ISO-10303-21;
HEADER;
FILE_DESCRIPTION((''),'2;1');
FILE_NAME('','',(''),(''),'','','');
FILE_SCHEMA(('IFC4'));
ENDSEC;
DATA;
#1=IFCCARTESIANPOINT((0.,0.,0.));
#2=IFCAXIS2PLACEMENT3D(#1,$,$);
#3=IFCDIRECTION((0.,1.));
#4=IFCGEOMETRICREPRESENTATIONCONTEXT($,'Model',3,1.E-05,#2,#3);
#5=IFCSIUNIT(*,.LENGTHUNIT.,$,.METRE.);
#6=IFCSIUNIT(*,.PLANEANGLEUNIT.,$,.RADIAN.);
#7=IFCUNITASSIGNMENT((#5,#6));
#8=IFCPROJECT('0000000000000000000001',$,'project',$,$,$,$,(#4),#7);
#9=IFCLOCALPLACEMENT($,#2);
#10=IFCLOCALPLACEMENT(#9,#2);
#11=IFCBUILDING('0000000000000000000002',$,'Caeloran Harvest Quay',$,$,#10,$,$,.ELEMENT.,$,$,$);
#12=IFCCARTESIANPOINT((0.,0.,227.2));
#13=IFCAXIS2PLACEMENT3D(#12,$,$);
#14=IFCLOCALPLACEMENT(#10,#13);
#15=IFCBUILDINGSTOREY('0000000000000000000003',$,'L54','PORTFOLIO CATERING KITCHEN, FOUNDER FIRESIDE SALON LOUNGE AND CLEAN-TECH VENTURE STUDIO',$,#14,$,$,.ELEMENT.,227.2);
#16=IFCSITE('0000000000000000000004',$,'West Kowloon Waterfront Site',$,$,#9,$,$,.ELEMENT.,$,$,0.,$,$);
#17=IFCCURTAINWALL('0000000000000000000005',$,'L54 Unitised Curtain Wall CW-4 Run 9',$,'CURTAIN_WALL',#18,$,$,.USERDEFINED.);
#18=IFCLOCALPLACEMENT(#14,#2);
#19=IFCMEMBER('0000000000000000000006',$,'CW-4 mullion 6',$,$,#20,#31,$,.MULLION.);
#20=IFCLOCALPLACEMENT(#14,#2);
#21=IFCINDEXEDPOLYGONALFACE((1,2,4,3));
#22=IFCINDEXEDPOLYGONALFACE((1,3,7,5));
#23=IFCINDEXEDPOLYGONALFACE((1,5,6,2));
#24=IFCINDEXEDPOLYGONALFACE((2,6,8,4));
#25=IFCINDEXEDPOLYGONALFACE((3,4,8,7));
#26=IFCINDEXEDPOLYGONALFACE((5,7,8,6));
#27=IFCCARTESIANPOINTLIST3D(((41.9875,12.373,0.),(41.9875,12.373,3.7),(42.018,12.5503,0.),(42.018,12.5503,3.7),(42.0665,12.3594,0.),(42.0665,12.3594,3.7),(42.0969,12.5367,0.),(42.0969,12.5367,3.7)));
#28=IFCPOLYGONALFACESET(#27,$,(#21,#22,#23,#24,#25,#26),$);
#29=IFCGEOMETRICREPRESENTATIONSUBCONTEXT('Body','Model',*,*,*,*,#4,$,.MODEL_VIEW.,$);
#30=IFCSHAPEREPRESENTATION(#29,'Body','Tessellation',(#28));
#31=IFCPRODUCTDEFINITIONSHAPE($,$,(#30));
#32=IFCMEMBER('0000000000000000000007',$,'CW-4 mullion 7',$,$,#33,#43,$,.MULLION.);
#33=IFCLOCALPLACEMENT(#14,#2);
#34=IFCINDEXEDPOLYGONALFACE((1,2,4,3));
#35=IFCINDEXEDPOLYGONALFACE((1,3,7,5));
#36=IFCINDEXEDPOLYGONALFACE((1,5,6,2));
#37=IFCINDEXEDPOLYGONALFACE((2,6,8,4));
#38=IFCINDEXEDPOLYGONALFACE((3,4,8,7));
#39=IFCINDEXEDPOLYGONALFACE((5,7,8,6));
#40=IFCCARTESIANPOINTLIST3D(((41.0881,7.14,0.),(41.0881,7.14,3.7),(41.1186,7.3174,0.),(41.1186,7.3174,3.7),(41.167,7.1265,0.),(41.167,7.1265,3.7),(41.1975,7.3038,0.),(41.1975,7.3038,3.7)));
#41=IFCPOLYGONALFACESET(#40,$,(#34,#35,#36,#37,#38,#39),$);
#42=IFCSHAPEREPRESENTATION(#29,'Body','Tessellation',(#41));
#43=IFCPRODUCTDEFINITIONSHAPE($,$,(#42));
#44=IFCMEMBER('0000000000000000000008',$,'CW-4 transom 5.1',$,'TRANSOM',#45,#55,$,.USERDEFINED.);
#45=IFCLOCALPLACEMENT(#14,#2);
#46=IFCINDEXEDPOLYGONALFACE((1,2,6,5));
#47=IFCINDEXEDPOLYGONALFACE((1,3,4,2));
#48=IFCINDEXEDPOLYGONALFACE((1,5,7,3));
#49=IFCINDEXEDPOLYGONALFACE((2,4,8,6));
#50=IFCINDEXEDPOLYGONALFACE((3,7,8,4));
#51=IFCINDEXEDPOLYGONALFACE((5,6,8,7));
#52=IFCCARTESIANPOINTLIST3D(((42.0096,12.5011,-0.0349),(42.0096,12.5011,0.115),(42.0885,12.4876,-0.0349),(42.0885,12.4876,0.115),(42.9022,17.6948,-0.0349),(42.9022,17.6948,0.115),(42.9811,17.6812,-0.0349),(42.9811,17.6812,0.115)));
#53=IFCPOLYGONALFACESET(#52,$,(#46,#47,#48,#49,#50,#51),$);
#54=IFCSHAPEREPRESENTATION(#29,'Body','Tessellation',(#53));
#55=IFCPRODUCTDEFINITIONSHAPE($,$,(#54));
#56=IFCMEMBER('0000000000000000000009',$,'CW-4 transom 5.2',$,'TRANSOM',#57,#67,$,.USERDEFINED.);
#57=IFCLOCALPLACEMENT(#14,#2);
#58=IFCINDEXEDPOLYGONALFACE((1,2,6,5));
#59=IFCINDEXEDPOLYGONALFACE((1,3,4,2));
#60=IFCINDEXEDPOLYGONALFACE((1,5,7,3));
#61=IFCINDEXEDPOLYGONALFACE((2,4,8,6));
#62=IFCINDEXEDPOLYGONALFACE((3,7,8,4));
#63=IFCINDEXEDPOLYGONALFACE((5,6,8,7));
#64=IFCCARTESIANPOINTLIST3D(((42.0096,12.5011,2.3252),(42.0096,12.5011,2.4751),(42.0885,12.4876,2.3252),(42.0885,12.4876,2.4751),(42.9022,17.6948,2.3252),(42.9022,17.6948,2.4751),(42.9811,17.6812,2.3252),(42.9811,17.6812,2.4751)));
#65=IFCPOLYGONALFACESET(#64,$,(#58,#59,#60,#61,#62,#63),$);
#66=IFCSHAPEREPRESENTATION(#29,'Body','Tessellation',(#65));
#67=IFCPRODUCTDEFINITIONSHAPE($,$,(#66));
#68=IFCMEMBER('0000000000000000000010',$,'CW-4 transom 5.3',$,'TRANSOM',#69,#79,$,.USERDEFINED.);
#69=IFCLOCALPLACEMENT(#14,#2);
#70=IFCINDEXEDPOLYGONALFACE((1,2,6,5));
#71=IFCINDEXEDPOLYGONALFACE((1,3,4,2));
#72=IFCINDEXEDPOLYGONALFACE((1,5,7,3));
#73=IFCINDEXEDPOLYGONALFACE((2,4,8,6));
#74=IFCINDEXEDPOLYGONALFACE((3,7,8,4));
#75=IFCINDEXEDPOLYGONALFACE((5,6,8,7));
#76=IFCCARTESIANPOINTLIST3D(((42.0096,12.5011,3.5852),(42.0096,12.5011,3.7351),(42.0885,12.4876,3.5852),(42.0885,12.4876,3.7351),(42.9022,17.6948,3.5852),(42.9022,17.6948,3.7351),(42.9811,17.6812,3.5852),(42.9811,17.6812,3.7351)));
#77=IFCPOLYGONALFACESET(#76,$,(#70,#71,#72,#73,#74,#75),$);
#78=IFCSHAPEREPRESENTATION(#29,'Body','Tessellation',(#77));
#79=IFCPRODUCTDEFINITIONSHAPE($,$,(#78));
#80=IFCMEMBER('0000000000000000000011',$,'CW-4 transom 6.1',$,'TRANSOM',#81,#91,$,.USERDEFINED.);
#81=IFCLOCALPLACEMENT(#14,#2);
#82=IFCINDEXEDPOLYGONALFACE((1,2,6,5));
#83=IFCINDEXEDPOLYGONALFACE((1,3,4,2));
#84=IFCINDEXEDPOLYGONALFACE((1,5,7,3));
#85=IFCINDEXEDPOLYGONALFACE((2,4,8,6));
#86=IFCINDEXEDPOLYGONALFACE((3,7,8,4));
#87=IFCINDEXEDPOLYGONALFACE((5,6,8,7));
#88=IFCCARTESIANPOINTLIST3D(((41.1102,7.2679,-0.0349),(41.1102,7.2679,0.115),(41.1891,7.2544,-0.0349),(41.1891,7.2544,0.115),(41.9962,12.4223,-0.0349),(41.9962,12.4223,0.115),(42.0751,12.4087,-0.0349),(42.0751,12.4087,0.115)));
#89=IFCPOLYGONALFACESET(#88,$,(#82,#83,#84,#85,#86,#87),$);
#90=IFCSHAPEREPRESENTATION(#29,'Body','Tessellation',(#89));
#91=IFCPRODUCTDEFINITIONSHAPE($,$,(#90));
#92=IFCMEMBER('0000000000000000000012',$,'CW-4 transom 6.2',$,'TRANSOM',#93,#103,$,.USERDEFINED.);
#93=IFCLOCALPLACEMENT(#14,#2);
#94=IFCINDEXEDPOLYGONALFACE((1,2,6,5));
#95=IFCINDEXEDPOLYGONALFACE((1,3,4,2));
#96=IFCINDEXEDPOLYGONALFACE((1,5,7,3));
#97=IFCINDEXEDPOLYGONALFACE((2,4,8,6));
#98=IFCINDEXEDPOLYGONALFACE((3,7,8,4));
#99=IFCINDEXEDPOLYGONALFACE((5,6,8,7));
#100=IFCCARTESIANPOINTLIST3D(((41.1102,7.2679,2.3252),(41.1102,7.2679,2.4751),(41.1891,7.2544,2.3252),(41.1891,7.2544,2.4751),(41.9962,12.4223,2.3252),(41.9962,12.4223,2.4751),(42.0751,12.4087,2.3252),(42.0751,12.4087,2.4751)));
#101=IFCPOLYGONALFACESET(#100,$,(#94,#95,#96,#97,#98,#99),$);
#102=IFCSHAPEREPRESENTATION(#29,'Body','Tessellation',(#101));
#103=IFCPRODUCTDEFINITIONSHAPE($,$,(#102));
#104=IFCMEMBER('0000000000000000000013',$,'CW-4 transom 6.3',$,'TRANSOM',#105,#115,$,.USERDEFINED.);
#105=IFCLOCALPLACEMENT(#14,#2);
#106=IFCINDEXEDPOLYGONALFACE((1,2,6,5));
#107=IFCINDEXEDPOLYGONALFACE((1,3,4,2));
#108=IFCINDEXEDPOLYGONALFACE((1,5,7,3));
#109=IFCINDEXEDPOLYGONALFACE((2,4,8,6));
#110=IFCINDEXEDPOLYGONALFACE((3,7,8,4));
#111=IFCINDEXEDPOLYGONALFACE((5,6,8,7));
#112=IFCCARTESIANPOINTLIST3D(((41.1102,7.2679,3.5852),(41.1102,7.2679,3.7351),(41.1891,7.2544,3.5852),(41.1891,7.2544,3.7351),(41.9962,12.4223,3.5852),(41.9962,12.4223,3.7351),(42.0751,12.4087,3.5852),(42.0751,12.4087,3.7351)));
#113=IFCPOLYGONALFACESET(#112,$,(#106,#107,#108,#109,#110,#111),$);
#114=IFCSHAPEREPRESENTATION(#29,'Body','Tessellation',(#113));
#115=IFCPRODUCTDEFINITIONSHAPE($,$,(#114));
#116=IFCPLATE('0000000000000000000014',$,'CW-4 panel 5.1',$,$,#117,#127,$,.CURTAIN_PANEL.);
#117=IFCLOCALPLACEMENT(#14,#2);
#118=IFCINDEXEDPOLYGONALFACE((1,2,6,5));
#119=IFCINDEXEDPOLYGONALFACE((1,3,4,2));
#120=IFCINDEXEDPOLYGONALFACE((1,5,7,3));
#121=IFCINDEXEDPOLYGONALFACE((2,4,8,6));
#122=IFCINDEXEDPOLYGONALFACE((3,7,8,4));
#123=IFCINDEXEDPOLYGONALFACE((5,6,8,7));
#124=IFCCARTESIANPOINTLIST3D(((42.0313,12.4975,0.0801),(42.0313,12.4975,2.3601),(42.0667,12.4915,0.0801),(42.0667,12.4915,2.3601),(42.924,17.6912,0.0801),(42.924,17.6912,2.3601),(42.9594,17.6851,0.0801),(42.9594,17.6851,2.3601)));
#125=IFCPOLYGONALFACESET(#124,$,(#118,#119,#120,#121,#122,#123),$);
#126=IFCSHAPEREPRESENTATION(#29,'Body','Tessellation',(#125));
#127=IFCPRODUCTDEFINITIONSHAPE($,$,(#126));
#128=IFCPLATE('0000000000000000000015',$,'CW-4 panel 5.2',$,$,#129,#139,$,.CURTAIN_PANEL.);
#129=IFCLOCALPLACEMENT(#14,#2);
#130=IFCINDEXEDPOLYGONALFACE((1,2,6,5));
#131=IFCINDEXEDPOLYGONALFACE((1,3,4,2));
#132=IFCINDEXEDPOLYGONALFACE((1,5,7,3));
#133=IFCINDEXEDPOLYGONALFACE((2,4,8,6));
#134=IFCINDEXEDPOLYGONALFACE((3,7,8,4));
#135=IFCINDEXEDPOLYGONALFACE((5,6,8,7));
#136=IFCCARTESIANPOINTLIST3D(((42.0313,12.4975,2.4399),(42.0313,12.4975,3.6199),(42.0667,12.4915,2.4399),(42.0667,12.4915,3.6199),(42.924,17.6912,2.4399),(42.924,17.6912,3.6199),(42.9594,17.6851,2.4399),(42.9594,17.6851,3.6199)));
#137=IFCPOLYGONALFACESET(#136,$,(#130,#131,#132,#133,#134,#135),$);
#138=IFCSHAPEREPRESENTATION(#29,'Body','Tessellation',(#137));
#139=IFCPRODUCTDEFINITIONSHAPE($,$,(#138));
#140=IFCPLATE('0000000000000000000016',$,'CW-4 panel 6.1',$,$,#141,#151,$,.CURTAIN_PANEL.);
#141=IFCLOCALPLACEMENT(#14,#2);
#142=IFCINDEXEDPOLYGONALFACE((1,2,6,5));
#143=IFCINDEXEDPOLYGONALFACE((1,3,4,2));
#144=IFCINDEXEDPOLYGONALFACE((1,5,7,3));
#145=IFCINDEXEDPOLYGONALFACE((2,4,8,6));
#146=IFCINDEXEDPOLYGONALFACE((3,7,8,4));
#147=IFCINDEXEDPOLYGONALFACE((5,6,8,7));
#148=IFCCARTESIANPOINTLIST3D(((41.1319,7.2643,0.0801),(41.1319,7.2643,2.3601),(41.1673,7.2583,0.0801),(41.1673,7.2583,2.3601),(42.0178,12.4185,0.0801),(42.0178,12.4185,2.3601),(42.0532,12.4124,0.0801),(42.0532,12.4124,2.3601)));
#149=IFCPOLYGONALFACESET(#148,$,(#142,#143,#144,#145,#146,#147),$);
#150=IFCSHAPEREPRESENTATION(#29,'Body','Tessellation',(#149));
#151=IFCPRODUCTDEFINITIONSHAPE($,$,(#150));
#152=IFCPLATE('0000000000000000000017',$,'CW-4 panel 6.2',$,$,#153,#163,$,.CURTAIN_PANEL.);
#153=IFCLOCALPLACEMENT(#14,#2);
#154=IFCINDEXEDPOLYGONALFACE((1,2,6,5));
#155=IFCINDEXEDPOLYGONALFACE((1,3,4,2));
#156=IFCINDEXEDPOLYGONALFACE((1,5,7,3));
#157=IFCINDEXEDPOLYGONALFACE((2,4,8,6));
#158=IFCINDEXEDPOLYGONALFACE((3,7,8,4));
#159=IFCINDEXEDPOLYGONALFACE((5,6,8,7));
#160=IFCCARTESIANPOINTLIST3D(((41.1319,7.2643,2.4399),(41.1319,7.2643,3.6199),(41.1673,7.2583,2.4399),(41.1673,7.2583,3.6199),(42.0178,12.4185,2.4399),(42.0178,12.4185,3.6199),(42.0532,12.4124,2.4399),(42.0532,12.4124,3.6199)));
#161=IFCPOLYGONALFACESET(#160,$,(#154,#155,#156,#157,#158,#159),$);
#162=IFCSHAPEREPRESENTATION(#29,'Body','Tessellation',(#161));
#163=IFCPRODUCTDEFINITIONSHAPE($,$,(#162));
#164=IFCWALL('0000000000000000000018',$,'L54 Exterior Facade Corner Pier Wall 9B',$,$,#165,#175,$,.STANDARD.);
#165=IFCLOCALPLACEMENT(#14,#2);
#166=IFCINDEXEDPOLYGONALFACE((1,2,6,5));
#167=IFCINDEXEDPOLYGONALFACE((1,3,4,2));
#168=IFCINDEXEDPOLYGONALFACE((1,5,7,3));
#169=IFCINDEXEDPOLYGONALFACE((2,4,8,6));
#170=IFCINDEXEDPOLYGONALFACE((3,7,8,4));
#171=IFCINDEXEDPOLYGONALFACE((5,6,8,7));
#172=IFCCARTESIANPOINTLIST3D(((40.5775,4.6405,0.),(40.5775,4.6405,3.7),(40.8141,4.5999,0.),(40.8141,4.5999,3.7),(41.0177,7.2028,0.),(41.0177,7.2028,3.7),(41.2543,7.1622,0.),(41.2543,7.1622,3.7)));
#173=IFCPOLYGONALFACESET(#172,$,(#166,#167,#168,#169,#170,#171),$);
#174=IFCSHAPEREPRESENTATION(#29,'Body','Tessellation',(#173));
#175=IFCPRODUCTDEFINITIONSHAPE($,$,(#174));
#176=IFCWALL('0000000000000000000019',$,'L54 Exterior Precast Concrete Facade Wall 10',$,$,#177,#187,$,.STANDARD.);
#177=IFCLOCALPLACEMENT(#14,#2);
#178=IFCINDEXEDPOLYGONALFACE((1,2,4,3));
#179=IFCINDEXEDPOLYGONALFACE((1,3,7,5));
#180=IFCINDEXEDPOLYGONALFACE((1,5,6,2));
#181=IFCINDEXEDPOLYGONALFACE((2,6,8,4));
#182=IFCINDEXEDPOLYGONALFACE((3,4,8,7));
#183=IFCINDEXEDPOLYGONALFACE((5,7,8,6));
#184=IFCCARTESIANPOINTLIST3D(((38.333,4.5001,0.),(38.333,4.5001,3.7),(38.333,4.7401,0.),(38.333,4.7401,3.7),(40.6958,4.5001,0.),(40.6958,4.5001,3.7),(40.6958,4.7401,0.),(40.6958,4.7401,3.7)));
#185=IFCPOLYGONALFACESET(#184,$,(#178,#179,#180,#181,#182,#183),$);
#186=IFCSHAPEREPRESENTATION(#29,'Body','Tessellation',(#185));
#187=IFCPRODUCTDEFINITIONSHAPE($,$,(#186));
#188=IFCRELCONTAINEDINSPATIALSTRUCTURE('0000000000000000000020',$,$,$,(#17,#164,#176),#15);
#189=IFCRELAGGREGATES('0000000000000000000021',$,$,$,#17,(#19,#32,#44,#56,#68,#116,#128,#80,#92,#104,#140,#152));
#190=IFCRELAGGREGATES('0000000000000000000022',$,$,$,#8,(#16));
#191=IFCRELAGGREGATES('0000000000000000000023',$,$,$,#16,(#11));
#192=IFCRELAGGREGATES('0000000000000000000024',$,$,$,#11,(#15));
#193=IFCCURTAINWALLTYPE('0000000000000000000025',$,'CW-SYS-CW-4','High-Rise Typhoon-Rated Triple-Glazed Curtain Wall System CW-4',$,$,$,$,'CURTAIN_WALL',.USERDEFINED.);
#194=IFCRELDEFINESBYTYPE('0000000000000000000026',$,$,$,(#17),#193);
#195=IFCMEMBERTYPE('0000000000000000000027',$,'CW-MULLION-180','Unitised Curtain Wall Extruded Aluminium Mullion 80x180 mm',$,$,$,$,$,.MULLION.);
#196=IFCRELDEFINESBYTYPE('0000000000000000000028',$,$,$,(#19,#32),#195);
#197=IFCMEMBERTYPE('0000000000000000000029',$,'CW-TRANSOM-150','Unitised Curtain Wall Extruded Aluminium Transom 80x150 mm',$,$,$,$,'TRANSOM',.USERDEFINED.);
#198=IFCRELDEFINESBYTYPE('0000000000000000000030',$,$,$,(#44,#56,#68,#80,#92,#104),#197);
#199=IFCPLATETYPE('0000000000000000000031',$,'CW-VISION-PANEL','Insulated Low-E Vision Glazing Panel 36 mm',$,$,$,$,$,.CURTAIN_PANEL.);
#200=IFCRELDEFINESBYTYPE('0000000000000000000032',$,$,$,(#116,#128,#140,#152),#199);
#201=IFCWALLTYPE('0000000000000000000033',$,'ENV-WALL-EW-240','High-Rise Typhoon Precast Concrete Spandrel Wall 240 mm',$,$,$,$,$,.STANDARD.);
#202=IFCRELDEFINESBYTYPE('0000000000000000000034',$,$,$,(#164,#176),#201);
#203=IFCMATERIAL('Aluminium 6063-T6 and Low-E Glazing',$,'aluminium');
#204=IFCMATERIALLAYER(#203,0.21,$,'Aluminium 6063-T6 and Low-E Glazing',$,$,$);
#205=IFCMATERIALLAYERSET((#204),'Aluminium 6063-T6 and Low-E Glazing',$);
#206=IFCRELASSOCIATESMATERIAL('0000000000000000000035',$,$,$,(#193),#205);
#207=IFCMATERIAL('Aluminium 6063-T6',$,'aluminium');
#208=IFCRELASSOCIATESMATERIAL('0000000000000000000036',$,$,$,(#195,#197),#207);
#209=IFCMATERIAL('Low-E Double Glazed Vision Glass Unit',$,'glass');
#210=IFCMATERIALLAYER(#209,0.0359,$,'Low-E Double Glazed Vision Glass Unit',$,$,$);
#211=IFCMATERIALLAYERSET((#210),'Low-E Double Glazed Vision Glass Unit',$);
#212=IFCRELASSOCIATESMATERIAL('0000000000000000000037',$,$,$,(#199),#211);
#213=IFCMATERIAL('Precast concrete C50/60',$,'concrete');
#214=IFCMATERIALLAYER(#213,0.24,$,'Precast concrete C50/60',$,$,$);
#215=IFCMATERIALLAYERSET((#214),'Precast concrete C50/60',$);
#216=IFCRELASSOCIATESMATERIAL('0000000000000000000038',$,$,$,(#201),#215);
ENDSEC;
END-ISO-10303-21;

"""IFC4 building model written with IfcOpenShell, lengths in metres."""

from ifc_helpers import new_model, si_unit, direction, frame, frame_2d, origin, origin_2d, place, context, subcontext, project, spatial, rectangle, extrude, material, layer, layer_set, material_profile, profile_set, type_object, element, aggregate, save


model = new_model("IFC4")

# Units and contexts
model_context = context("Model", 3, precision=1e-05, world=origin(), true_north=direction((0.0, 1.0)))
body_context = subcontext(model_context, "Body", "Model", "MODEL_VIEW")
ifc_project = project(units=[si_unit("LENGTHUNIT", "METRE"), si_unit("PLANEANGLEUNIT", "RADIAN")], contexts=[model_context])

# Site, building, storey
site_placement = place(None, origin())
site = spatial("IfcSite", under=ifc_project, at=site_placement, Name="West Kowloon Waterfront Site", CompositionType="ELEMENT", RefElevation=0.0)
building_placement = place(site_placement, origin())
building = spatial("IfcBuilding", under=site, at=building_placement, Name="Caeloran Harvest Quay", CompositionType="ELEMENT")
storey_placement = place(building_placement, frame((0.0, 0.0, 227.2)))
storey = spatial("IfcBuildingStorey", under=building, at=storey_placement, Name="L54", Description="PORTFOLIO CATERING KITCHEN, FOUNDER FIRESIDE SALON LOUNGE AND CLEAN-TECH VENTURE STUDIO", CompositionType="ELEMENT", Elevation=227.2)

# Curtain wall, members, plates
ifc_material_1 = material(Name="Aluminium 6063-T6 and Low-E Glazing", Category="aluminium")
ifc_layer_1 = layer(ifc_material_1, 0.21, Name="Aluminium 6063-T6 and Low-E Glazing")
ifc_layer_set_1 = layer_set([ifc_layer_1], Name="Aluminium 6063-T6 and Low-E Glazing")
curtain_wall_type = type_object("IfcCurtainWallType", Name="CW-SYS-CW-4", Description="High-Rise Typhoon-Rated Triple-Glazed Curtain Wall System CW-4", ElementType="CURTAIN_WALL", PredefinedType="USERDEFINED", material=ifc_layer_set_1)
curtain_wall_placement = place(storey_placement, origin())
curtain_wall = element("IfcCurtainWall", 1, at=curtain_wall_placement, inside=storey, type_object=curtain_wall_type, Name="L54 Unitised Curtain Wall CW-4 Run 9", ObjectType="CURTAIN_WALL", PredefinedType="USERDEFINED")
ifc_material_2 = material(Name="Aluminium 6063-T6", Category="aluminium")
ifc_material_profile_1 = material_profile(ifc_material_2, rectangle(XDim=0.0801, YDim=0.1799, at=origin_2d()), Name="CW-MULLION-180")
ifc_profile_set_1 = profile_set([ifc_material_profile_1], Name="Aluminium 6063-T6")
member_type_1 = type_object("IfcMemberType", Name="CW-MULLION-180", Description="Unitised Curtain Wall Extruded Aluminium Mullion 80x180 mm", PredefinedType="MULLION", material=ifc_profile_set_1)
member_1_placement = place(storey_placement, frame((42.0422, 12.4548, 0.0), z_axis=(0.0, 0.0, 1.0), x_axis=(0.985549, -0.169391, 0.0)))
member_1 = element("IfcMember", 2, at=member_1_placement, type_object=member_type_1, Name="CW-4 mullion 6", PredefinedType="MULLION", context=body_context, shape_type="SweptSolid", body=[
    extrude(rectangle(XDim=0.0801, YDim=0.1799, at=origin_2d()), origin(), (0.0, 0.0, 1.0), 3.7),
])
member_2_placement = place(storey_placement, frame((41.1428, 7.2219, 0.0), z_axis=(0.0, 0.0, 1.0), x_axis=(0.985549, -0.169391, 0.0)))
member_2 = element("IfcMember", 3, at=member_2_placement, type_object=member_type_1, Name="CW-4 mullion 7", PredefinedType="MULLION", context=body_context, shape_type="SweptSolid", body=[
    extrude(rectangle(XDim=0.0801, YDim=0.1799, at=origin_2d()), origin(), (0.0, 0.0, 1.0), 3.7),
])
ifc_material_profile_2 = material_profile(ifc_material_2, rectangle(XDim=0.0801, YDim=0.1499, at=origin_2d()), Name="CW-TRANSOM-150")
ifc_profile_set_2 = profile_set([ifc_material_profile_2], Name="Aluminium 6063-T6")
member_type_2 = type_object("IfcMemberType", Name="CW-TRANSOM-150", Description="Unitised Curtain Wall Extruded Aluminium Transom 80x150 mm", ElementType="TRANSOM", PredefinedType="USERDEFINED", material=ifc_profile_set_2)
member_3_placement = place(storey_placement, frame((42.9417, 17.688, 0.04), z_axis=(-0.169378, -0.985551, 0.0), x_axis=(0.985551, -0.169378, 0.0)))
member_3 = element("IfcMember", 4, at=member_3_placement, type_object=member_type_2, Name="CW-4 transom 5.1", ObjectType="TRANSOM", PredefinedType="USERDEFINED", context=body_context, shape_type="SweptSolid", body=[
    extrude(rectangle(XDim=0.0801, YDim=0.1499, at=origin_2d()), origin(), (0.0, 0.0, 1.0), 5.2698),
])
member_4_placement = place(storey_placement, frame((42.9417, 17.688, 2.4001), z_axis=(-0.169378, -0.985551, 0.0), x_axis=(0.985551, -0.169378, 0.0)))
member_4 = element("IfcMember", 5, at=member_4_placement, type_object=member_type_2, Name="CW-4 transom 5.2", ObjectType="TRANSOM", PredefinedType="USERDEFINED", context=body_context, shape_type="SweptSolid", body=[
    extrude(rectangle(XDim=0.0801, YDim=0.1499, at=origin_2d()), origin(), (0.0, 0.0, 1.0), 5.2698),
])
member_5_placement = place(storey_placement, frame((42.9417, 17.688, 3.6602), z_axis=(-0.169378, -0.985551, 0.0), x_axis=(0.985551, -0.169378, 0.0)))
member_5 = element("IfcMember", 6, at=member_5_placement, type_object=member_type_2, Name="CW-4 transom 5.3", ObjectType="TRANSOM", PredefinedType="USERDEFINED", context=body_context, shape_type="SweptSolid", body=[
    extrude(rectangle(XDim=0.0801, YDim=0.1499, at=origin_2d()), origin(), (0.0, 0.0, 1.0), 5.2698),
])
member_6_placement = place(storey_placement, frame((42.0356, 12.4155, 0.04), z_axis=(-0.169408, -0.985546, 0.0), x_axis=(0.985546, -0.169408, 0.0)))
member_6 = element("IfcMember", 7, at=member_6_placement, type_object=member_type_2, Name="CW-4 transom 6.1", ObjectType="TRANSOM", PredefinedType="USERDEFINED", context=body_context, shape_type="SweptSolid", body=[
    extrude(rectangle(XDim=0.0801, YDim=0.1499, at=origin_2d()), origin(), (0.0, 0.0, 1.0), 5.23),
])
member_7_placement = place(storey_placement, frame((42.0356, 12.4155, 2.4001), z_axis=(-0.169408, -0.985546, 0.0), x_axis=(0.985546, -0.169408, 0.0)))
member_7 = element("IfcMember", 8, at=member_7_placement, type_object=member_type_2, Name="CW-4 transom 6.2", ObjectType="TRANSOM", PredefinedType="USERDEFINED", context=body_context, shape_type="SweptSolid", body=[
    extrude(rectangle(XDim=0.0801, YDim=0.1499, at=origin_2d()), origin(), (0.0, 0.0, 1.0), 5.23),
])
member_8_placement = place(storey_placement, frame((42.0356, 12.4155, 3.6602), z_axis=(-0.169408, -0.985546, 0.0), x_axis=(0.985546, -0.169408, 0.0)))
member_8 = element("IfcMember", 9, at=member_8_placement, type_object=member_type_2, Name="CW-4 transom 6.3", ObjectType="TRANSOM", PredefinedType="USERDEFINED", context=body_context, shape_type="SweptSolid", body=[
    extrude(rectangle(XDim=0.0801, YDim=0.1499, at=origin_2d()), origin(), (0.0, 0.0, 1.0), 5.23),
])
ifc_material_3 = material(Name="Low-E Double Glazed Vision Glass Unit", Category="glass")
ifc_layer_2 = layer(ifc_material_3, 0.0359, Name="Low-E Double Glazed Vision Glass Unit")
ifc_layer_set_2 = layer_set([ifc_layer_2], Name="Low-E Double Glazed Vision Glass Unit")
plate_type = type_object("IfcPlateType", Name="CW-VISION-PANEL", Description="Insulated Low-E Vision Glazing Panel 36 mm", PredefinedType="CURTAIN_PANEL", material=ifc_layer_set_2)
plate_1_placement = place(storey_placement, frame((42.4954, 15.0913, 0.0801), z_axis=(0.0, 0.0, 1.0), x_axis=(-0.169391, -0.985549, 0.0)))
plate_1 = element("IfcPlate", 10, at=plate_1_placement, type_object=plate_type, Name="CW-4 panel 5.1", PredefinedType="CURTAIN_PANEL", context=body_context, shape_type="SweptSolid", body=[
    extrude(rectangle(XDim=5.2698, YDim=0.0359, at=origin_2d()), origin(), (0.0, 0.0, 1.0), 2.28),
])
plate_2_placement = place(storey_placement, frame((42.4954, 15.0913, 2.4399), z_axis=(0.0, 0.0, 1.0), x_axis=(-0.169391, -0.985549, 0.0)))
plate_2 = element("IfcPlate", 11, at=plate_2_placement, type_object=plate_type, Name="CW-4 panel 5.2", PredefinedType="CURTAIN_PANEL", context=body_context, shape_type="SweptSolid", body=[
    extrude(rectangle(XDim=5.2698, YDim=0.0359, at=origin_2d()), origin(), (0.0, 0.0, 1.0), 1.1799),
])
plate_3_placement = place(storey_placement, frame((41.5925, 9.8384, 0.0801), z_axis=(0.0, 0.0, 1.0), x_axis=(-0.169391, -0.985549, 0.0)))
plate_3 = element("IfcPlate", 12, at=plate_3_placement, type_object=plate_type, Name="CW-4 panel 6.1", PredefinedType="CURTAIN_PANEL", context=body_context, shape_type="SweptSolid", body=[
    extrude(rectangle(XDim=5.2297, YDim=0.0359, at=origin_2d()), origin(), (0.0, 0.0, 1.0), 2.28),
])
plate_4_placement = place(storey_placement, frame((41.5925, 9.8384, 2.4399), z_axis=(0.0, 0.0, 1.0), x_axis=(-0.169391, -0.985549, 0.0)))
plate_4 = element("IfcPlate", 13, at=plate_4_placement, type_object=plate_type, Name="CW-4 panel 6.2", PredefinedType="CURTAIN_PANEL", context=body_context, shape_type="SweptSolid", body=[
    extrude(rectangle(XDim=5.2297, YDim=0.0359, at=origin_2d()), origin(), (0.0, 0.0, 1.0), 1.1799),
])
aggregate(curtain_wall, [member_1, member_2, member_3, member_4, member_5, plate_1, plate_2, member_6, member_7, member_8, plate_3, plate_4])

# Walls
ifc_material_4 = material(Name="Precast concrete C50/60", Category="concrete")
ifc_layer_3 = layer(ifc_material_4, 0.24, Name="Precast concrete C50/60")
ifc_layer_set_3 = layer_set([ifc_layer_3], Name="Precast concrete C50/60")
wall_type_1 = type_object("IfcWallType", Name="ENV-WALL-EW-240", Description="High-Rise Typhoon Precast Concrete Spandrel Wall 240 mm", PredefinedType="STANDARD", material=ifc_layer_set_3)
wall_1_placement = place(storey_placement, frame((41.136, 7.1824, 0.0), z_axis=(0.0, 0.0, 1.0), x_axis=(-0.169316, -0.985562, 0.0)))
element("IfcWall", 14, at=wall_1_placement, inside=storey, type_object=wall_type_1, Name="L54 Exterior Facade Corner Pier Wall 9B", PredefinedType="STANDARD", context=body_context, shape_type="SweptSolid", body=[
    extrude(rectangle(XDim=2.5999, YDim=0.24, at=frame_2d((1.2998, 0.0))), origin(), (0.0, 0.0, 1.0), 3.7),
])
wall_2_placement = place(storey_placement, frame((40.6958, 4.6201, 0.0), z_axis=(0.0, 0.0, 1.0), x_axis=(-1.0, 0.0, 0.0)))
element("IfcWall", 15, at=wall_2_placement, inside=storey, type_object=wall_type_1, Name="L54 Exterior Precast Concrete Facade Wall 10", PredefinedType="STANDARD", context=body_context, shape_type="SweptSolid", body=[
    extrude(rectangle(XDim=2.3628, YDim=0.24, at=frame_2d((1.1814, 0.0))), origin(), (0.0, 0.0, 1.0), 3.7),
])

save(model, "model.ifc")
